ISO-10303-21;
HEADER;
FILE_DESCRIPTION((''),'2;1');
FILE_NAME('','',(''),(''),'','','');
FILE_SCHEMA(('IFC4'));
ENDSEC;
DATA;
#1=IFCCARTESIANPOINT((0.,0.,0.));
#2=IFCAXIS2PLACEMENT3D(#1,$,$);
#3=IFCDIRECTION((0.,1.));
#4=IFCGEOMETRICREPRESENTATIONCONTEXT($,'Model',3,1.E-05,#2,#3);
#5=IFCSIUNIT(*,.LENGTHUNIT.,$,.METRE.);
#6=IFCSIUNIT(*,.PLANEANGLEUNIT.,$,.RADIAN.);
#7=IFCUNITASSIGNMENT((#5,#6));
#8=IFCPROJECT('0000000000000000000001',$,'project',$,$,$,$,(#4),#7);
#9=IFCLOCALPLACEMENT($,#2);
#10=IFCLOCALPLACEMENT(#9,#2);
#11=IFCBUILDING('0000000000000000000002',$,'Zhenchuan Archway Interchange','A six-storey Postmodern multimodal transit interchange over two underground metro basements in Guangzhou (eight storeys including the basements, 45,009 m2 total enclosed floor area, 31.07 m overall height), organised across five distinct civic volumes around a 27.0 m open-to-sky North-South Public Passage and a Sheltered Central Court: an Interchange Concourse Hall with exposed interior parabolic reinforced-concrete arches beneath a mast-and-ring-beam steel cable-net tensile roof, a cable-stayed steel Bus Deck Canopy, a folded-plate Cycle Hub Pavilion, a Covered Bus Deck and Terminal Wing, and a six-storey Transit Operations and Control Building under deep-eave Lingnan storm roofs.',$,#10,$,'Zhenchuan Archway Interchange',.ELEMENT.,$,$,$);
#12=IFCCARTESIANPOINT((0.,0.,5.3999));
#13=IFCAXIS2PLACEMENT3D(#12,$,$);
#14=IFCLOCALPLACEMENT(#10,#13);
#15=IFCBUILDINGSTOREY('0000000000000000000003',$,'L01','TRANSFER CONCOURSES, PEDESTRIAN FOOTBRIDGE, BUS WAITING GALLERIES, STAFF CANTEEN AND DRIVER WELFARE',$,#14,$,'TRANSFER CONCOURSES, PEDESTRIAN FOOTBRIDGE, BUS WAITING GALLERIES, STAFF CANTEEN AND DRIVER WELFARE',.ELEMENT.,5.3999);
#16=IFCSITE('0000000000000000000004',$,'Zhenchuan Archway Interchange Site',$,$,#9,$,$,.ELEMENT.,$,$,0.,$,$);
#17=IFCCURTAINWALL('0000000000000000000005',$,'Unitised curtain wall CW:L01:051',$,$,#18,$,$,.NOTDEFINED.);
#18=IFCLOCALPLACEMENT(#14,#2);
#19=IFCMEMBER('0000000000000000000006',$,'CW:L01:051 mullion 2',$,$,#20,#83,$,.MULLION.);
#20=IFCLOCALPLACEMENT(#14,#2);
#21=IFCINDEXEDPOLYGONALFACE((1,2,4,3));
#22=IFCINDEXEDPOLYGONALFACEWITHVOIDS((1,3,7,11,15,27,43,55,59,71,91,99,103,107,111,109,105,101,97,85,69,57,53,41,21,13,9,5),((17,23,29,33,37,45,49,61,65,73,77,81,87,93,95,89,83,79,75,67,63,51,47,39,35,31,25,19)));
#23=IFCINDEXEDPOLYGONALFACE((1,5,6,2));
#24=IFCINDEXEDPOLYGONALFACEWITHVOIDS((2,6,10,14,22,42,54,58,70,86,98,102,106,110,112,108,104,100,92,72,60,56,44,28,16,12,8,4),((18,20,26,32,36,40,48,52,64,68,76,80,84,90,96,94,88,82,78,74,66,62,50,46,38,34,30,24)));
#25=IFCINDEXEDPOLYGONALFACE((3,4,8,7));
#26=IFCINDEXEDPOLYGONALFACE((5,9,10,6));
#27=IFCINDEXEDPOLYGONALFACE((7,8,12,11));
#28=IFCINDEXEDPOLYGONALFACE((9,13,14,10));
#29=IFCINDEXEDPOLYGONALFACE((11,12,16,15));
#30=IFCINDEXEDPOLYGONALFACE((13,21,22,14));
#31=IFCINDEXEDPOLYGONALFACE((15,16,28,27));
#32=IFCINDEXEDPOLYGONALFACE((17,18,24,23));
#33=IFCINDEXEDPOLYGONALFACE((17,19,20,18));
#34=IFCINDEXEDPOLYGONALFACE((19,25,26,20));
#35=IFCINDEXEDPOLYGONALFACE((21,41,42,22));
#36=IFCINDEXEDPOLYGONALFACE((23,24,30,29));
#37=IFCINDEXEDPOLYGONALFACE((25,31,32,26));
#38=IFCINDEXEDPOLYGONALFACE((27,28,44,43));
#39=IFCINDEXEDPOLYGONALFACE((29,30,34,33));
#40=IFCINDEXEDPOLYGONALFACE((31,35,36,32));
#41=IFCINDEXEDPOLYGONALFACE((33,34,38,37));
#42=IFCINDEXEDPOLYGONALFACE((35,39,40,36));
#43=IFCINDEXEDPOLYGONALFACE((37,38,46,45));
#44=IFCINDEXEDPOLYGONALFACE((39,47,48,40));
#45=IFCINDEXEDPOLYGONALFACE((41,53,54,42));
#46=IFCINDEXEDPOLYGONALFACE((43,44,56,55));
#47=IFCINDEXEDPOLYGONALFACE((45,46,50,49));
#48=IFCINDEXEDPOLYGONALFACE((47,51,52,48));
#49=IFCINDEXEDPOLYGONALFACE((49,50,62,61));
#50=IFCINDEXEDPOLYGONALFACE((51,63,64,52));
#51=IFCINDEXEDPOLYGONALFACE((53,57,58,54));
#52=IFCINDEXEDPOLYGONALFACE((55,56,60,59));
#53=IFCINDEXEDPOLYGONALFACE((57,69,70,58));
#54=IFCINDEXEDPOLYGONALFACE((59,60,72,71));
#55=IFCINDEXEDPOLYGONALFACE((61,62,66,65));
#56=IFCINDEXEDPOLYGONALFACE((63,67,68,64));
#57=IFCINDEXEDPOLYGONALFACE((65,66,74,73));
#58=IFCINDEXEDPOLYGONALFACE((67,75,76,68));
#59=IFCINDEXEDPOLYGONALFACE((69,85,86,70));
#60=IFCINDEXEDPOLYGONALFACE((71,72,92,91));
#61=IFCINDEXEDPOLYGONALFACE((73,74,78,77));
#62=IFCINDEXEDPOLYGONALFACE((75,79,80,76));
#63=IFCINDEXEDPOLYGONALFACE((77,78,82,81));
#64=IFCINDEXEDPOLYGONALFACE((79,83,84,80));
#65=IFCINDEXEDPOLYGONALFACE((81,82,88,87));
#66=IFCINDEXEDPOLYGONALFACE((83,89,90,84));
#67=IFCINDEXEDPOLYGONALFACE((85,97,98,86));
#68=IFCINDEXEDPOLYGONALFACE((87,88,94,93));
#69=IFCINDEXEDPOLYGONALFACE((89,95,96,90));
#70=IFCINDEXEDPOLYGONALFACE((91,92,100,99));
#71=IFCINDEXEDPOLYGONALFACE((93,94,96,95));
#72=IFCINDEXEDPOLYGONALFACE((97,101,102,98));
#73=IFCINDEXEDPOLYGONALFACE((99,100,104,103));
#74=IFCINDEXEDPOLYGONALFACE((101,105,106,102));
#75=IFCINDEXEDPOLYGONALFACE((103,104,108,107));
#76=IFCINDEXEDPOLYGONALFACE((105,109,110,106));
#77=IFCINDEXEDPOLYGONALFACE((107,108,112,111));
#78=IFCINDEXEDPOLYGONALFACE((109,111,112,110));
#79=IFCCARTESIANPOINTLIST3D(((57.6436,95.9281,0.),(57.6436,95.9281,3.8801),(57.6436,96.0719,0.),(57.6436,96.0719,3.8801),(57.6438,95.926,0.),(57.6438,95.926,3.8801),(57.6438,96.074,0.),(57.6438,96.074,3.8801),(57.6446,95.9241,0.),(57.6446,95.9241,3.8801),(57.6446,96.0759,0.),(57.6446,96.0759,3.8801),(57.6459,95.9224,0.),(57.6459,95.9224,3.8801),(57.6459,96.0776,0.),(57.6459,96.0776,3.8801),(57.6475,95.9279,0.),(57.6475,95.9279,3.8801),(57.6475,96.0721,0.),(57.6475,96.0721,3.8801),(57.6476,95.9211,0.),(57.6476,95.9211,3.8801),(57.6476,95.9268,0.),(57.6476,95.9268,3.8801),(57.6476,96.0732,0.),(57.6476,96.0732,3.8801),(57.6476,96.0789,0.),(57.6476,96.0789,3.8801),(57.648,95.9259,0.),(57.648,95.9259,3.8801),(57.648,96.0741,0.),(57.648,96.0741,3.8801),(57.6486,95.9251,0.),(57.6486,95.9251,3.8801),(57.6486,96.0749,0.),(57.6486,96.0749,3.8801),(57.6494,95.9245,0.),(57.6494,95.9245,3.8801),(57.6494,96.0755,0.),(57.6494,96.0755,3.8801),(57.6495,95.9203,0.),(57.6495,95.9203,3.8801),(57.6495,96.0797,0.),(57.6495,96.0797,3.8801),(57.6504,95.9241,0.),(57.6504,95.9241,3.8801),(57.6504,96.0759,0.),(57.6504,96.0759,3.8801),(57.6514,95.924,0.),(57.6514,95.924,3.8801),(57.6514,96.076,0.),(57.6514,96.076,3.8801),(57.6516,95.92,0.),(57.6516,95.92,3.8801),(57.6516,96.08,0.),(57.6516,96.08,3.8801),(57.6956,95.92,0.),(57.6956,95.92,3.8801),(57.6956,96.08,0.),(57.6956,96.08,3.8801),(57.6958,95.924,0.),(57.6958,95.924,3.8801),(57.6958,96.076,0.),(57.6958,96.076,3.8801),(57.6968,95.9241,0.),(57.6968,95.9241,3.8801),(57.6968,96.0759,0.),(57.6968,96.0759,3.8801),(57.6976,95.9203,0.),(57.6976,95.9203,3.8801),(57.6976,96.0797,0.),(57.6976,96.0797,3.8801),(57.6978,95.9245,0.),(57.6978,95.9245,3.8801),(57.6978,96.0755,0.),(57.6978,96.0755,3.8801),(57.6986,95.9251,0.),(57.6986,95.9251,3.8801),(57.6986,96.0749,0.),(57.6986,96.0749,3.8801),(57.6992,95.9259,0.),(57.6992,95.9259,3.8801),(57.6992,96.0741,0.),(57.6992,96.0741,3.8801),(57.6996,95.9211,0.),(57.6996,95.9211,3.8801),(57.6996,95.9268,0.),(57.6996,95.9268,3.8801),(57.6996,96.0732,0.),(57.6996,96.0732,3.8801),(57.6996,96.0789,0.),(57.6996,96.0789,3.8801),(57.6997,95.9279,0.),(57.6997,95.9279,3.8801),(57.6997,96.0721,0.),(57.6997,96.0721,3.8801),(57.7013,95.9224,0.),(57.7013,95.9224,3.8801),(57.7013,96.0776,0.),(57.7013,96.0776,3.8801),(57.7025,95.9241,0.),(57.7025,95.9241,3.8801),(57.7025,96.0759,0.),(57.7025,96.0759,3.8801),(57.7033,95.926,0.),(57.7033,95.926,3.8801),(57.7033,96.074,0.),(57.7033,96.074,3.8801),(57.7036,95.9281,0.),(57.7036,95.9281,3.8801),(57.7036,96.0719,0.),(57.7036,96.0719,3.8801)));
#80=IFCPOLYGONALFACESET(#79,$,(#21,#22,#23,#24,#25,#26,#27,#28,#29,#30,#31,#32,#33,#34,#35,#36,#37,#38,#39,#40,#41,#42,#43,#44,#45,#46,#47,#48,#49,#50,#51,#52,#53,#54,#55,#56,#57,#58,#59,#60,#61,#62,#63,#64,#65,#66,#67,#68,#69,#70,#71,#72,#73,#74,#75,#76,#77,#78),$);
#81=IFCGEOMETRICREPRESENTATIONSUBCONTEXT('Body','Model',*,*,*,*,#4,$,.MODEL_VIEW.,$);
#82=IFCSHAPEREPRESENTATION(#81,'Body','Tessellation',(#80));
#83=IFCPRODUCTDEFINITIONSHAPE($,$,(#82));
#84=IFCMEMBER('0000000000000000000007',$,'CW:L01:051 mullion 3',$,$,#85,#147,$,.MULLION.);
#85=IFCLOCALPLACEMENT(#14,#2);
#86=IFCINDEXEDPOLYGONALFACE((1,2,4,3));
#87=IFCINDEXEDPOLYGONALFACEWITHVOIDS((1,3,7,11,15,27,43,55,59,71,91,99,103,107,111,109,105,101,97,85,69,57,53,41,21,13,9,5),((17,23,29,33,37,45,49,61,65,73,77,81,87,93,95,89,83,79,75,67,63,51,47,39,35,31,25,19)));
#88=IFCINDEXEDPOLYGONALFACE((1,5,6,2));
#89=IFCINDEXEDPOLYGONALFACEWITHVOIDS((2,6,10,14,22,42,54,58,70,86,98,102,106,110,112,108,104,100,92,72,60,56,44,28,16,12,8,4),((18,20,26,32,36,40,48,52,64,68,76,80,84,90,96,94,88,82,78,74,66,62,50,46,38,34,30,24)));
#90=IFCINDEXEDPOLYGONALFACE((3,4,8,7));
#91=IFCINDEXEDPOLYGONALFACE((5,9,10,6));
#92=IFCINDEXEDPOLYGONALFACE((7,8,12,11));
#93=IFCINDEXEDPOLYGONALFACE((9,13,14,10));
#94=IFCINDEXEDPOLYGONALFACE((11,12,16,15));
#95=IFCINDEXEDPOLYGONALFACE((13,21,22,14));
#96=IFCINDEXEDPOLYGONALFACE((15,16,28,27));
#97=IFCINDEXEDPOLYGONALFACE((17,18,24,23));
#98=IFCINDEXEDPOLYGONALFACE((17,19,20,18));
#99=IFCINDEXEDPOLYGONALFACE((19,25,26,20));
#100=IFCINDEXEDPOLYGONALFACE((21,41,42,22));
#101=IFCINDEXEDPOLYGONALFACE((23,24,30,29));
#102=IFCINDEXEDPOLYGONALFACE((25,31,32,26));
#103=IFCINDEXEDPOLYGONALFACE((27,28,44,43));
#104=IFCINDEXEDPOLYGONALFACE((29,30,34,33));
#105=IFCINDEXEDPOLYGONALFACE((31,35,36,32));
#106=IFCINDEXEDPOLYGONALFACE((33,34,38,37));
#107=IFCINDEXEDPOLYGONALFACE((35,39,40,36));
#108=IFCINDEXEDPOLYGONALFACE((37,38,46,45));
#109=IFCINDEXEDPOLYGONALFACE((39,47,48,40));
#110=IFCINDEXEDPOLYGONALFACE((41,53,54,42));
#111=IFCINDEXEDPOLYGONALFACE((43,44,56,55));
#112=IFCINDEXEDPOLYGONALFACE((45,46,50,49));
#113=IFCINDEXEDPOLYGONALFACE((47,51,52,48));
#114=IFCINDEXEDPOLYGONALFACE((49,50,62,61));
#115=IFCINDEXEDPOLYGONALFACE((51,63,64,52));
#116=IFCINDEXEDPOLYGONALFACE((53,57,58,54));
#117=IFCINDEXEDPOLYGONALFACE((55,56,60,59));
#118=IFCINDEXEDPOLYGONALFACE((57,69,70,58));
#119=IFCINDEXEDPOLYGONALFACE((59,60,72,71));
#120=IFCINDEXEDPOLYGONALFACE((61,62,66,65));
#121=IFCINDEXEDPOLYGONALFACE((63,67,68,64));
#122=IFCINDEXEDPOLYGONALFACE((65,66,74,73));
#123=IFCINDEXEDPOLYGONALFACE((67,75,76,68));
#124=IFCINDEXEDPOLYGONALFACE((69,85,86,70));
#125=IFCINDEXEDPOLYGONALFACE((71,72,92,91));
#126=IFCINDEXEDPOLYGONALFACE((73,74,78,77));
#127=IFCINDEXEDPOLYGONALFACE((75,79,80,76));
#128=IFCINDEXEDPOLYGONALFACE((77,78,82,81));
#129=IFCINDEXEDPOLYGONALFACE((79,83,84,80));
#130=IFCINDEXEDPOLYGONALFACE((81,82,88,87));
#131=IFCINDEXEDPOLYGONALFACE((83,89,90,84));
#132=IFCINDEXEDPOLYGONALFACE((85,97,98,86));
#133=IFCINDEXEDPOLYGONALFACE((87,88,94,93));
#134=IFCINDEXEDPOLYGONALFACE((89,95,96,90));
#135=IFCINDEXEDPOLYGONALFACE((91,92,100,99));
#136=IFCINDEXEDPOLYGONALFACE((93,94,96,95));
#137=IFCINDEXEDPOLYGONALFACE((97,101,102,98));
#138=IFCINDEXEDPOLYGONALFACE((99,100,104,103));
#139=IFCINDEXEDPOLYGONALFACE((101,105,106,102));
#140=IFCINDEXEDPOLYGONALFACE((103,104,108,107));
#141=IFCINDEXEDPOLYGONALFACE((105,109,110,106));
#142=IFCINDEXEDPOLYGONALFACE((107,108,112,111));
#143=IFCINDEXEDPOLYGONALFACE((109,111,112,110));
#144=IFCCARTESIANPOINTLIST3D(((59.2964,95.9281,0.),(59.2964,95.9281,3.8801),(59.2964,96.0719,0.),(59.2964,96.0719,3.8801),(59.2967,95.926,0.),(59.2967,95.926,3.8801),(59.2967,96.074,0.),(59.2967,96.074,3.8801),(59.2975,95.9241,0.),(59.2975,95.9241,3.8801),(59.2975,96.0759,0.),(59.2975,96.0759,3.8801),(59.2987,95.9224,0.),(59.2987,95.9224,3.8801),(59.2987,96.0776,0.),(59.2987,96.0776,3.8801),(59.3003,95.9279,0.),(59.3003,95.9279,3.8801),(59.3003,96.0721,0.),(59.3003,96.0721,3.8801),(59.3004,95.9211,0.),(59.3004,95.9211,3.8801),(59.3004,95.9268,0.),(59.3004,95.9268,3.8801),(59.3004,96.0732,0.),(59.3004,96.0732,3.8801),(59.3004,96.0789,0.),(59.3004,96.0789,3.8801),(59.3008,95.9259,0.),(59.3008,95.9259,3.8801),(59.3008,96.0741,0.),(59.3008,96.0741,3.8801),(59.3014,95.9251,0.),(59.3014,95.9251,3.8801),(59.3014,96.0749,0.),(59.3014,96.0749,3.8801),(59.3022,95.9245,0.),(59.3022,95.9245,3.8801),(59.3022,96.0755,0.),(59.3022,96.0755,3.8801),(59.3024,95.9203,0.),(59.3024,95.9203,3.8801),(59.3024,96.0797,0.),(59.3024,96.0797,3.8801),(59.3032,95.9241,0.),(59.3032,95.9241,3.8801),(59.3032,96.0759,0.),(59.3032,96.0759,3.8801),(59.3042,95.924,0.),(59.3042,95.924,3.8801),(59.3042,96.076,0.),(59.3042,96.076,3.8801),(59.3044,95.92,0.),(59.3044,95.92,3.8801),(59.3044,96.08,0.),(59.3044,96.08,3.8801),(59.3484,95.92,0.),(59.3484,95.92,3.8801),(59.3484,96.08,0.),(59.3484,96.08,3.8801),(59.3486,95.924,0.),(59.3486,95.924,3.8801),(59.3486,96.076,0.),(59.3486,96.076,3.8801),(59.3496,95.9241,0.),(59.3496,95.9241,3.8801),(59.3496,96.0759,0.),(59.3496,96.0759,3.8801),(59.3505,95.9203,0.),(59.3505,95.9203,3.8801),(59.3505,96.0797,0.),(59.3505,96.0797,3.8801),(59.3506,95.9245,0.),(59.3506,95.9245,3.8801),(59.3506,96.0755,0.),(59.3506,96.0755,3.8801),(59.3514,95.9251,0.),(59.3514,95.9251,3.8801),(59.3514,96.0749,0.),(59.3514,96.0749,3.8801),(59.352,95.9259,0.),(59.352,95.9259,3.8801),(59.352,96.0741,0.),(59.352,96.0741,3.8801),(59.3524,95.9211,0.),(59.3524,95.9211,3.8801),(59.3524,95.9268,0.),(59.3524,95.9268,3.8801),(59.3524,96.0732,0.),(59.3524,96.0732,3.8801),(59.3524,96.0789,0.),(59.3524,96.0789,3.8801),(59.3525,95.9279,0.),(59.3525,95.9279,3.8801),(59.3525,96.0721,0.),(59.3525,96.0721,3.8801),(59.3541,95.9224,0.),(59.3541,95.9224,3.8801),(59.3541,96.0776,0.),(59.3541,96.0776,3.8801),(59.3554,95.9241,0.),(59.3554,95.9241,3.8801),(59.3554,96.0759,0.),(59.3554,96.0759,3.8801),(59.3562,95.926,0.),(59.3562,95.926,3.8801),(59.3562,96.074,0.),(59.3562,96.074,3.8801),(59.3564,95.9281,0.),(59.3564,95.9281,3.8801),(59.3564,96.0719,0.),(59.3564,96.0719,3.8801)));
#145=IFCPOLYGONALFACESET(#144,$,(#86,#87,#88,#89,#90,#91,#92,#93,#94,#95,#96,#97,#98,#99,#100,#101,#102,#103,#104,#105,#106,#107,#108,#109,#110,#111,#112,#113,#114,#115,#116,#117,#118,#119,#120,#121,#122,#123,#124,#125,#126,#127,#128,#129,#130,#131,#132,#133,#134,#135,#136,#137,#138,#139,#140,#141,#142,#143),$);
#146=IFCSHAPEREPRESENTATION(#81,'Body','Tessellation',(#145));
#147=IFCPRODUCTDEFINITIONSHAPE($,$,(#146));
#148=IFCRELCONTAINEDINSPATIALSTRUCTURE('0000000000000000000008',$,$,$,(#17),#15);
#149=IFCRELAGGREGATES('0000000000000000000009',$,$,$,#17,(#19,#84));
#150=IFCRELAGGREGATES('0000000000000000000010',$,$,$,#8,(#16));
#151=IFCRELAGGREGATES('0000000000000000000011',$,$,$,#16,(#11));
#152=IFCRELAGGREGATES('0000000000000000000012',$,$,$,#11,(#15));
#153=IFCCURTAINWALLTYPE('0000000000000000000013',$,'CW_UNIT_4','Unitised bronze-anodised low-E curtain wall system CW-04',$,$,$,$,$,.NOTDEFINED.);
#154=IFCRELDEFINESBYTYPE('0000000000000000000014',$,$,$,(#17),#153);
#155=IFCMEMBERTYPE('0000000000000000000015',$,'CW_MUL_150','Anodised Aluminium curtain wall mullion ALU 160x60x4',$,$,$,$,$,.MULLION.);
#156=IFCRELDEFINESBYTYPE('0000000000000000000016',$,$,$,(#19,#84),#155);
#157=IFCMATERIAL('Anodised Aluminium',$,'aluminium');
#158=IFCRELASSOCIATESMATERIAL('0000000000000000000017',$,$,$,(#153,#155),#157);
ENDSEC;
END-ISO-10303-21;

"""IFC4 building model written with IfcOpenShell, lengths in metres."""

from ifc_helpers import new_model, si_unit, direction, frame, origin, origin_2d, place, context, subcontext, project, spatial, hollow_rectangle, extrude, material, material_profile, profile_set, type_object, element, aggregate, save


model = new_model("IFC4")

# Units and contexts
model_context = context("Model", 3, precision=1e-05, world=origin(), true_north=direction((0.0, 1.0)))
body_context = subcontext(model_context, "Body", "Model", "MODEL_VIEW")
ifc_project = project(units=[si_unit("LENGTHUNIT", "METRE"), si_unit("PLANEANGLEUNIT", "RADIAN")], contexts=[model_context])

# Site, building, storey
site_placement = place(None, origin())
site = spatial("IfcSite", under=ifc_project, at=site_placement, Name="Zhenchuan Archway Interchange Site", CompositionType="ELEMENT", RefElevation=0.0)
building_placement = place(site_placement, origin())
building = spatial("IfcBuilding", under=site, at=building_placement, Name="Zhenchuan Archway Interchange", Description="A six-storey Postmodern multimodal transit interchange over two underground metro basements in Guangzhou (eight storeys including the basements, 45,009 m2 total enclosed floor area, 31.07 m overall height), organised across five distinct civic volumes around a 27.0 m open-to-sky North-South Public Passage and a Sheltered Central Court: an Interchange Concourse Hall with exposed interior parabolic reinforced-concrete arches beneath a mast-and-ring-beam steel cable-net tensile roof, a cable-stayed steel Bus Deck Canopy, a folded-plate Cycle Hub Pavilion, a Covered Bus Deck and Terminal Wing, and a six-storey Transit Operations and Control Building under deep-eave Lingnan storm roofs.", LongName="Zhenchuan Archway Interchange", CompositionType="ELEMENT")
storey_placement = place(building_placement, frame((0.0, 0.0, 5.3999)))
storey = spatial("IfcBuildingStorey", under=building, at=storey_placement, Name="L01", Description="TRANSFER CONCOURSES, PEDESTRIAN FOOTBRIDGE, BUS WAITING GALLERIES, STAFF CANTEEN AND DRIVER WELFARE", LongName="TRANSFER CONCOURSES, PEDESTRIAN FOOTBRIDGE, BUS WAITING GALLERIES, STAFF CANTEEN AND DRIVER WELFARE", CompositionType="ELEMENT", Elevation=5.3999)

# Curtain wall, members
ifc_material_1 = material(Name="Anodised Aluminium", Category="aluminium")
curtain_wall_type = type_object("IfcCurtainWallType", Name="CW_UNIT_4", Description="Unitised bronze-anodised low-E curtain wall system CW-04", PredefinedType="NOTDEFINED", material=ifc_material_1)
curtain_wall_placement = place(storey_placement, origin())
curtain_wall = element("IfcCurtainWall", 1, at=curtain_wall_placement, inside=storey, type_object=curtain_wall_type, Name="Unitised curtain wall CW:L01:051", PredefinedType="NOTDEFINED")
ifc_material_profile_1 = material_profile(ifc_material_1, hollow_rectangle(XDim=0.0601, YDim=0.1599, WallThickness=0.0039, InnerFilletRadius=0.0039, OuterFilletRadius=0.0081, at=origin_2d()), Name="ALU 160x60x4")
ifc_profile_set_1 = profile_set([ifc_material_profile_1], Name="Anodised Aluminium")
member_type_1 = type_object("IfcMemberType", Name="CW_MUL_150", Description="Anodised Aluminium curtain wall mullion ALU 160x60x4", PredefinedType="MULLION", material=ifc_profile_set_1)
member_1_placement = place(storey_placement, frame((57.6736, 96.0, 0.0), z_axis=(0.0, 0.0, 1.0), x_axis=(1.0, 0.0, 0.0)))
member_1 = element("IfcMember", 2, at=member_1_placement, type_object=member_type_1, Name="CW:L01:051 mullion 2", PredefinedType="MULLION", context=body_context, shape_type="SweptSolid", body=[
    extrude(hollow_rectangle(XDim=0.0601, YDim=0.1599, WallThickness=0.0039, InnerFilletRadius=0.0039, OuterFilletRadius=0.0081, at=origin_2d()), origin(), (0.0, 0.0, 1.0), 3.8801),
])
member_2_placement = place(storey_placement, frame((59.3264, 96.0, 0.0), z_axis=(0.0, 0.0, 1.0), x_axis=(1.0, 0.0, 0.0)))
member_2 = element("IfcMember", 3, at=member_2_placement, type_object=member_type_1, Name="CW:L01:051 mullion 3", PredefinedType="MULLION", context=body_context, shape_type="SweptSolid", body=[
    extrude(hollow_rectangle(XDim=0.0601, YDim=0.1599, WallThickness=0.0039, InnerFilletRadius=0.0039, OuterFilletRadius=0.0081, at=origin_2d()), origin(), (0.0, 0.0, 1.0), 3.8801),
])

aggregate(curtain_wall, [member_1, member_2])

save(model, "model.ifc")
